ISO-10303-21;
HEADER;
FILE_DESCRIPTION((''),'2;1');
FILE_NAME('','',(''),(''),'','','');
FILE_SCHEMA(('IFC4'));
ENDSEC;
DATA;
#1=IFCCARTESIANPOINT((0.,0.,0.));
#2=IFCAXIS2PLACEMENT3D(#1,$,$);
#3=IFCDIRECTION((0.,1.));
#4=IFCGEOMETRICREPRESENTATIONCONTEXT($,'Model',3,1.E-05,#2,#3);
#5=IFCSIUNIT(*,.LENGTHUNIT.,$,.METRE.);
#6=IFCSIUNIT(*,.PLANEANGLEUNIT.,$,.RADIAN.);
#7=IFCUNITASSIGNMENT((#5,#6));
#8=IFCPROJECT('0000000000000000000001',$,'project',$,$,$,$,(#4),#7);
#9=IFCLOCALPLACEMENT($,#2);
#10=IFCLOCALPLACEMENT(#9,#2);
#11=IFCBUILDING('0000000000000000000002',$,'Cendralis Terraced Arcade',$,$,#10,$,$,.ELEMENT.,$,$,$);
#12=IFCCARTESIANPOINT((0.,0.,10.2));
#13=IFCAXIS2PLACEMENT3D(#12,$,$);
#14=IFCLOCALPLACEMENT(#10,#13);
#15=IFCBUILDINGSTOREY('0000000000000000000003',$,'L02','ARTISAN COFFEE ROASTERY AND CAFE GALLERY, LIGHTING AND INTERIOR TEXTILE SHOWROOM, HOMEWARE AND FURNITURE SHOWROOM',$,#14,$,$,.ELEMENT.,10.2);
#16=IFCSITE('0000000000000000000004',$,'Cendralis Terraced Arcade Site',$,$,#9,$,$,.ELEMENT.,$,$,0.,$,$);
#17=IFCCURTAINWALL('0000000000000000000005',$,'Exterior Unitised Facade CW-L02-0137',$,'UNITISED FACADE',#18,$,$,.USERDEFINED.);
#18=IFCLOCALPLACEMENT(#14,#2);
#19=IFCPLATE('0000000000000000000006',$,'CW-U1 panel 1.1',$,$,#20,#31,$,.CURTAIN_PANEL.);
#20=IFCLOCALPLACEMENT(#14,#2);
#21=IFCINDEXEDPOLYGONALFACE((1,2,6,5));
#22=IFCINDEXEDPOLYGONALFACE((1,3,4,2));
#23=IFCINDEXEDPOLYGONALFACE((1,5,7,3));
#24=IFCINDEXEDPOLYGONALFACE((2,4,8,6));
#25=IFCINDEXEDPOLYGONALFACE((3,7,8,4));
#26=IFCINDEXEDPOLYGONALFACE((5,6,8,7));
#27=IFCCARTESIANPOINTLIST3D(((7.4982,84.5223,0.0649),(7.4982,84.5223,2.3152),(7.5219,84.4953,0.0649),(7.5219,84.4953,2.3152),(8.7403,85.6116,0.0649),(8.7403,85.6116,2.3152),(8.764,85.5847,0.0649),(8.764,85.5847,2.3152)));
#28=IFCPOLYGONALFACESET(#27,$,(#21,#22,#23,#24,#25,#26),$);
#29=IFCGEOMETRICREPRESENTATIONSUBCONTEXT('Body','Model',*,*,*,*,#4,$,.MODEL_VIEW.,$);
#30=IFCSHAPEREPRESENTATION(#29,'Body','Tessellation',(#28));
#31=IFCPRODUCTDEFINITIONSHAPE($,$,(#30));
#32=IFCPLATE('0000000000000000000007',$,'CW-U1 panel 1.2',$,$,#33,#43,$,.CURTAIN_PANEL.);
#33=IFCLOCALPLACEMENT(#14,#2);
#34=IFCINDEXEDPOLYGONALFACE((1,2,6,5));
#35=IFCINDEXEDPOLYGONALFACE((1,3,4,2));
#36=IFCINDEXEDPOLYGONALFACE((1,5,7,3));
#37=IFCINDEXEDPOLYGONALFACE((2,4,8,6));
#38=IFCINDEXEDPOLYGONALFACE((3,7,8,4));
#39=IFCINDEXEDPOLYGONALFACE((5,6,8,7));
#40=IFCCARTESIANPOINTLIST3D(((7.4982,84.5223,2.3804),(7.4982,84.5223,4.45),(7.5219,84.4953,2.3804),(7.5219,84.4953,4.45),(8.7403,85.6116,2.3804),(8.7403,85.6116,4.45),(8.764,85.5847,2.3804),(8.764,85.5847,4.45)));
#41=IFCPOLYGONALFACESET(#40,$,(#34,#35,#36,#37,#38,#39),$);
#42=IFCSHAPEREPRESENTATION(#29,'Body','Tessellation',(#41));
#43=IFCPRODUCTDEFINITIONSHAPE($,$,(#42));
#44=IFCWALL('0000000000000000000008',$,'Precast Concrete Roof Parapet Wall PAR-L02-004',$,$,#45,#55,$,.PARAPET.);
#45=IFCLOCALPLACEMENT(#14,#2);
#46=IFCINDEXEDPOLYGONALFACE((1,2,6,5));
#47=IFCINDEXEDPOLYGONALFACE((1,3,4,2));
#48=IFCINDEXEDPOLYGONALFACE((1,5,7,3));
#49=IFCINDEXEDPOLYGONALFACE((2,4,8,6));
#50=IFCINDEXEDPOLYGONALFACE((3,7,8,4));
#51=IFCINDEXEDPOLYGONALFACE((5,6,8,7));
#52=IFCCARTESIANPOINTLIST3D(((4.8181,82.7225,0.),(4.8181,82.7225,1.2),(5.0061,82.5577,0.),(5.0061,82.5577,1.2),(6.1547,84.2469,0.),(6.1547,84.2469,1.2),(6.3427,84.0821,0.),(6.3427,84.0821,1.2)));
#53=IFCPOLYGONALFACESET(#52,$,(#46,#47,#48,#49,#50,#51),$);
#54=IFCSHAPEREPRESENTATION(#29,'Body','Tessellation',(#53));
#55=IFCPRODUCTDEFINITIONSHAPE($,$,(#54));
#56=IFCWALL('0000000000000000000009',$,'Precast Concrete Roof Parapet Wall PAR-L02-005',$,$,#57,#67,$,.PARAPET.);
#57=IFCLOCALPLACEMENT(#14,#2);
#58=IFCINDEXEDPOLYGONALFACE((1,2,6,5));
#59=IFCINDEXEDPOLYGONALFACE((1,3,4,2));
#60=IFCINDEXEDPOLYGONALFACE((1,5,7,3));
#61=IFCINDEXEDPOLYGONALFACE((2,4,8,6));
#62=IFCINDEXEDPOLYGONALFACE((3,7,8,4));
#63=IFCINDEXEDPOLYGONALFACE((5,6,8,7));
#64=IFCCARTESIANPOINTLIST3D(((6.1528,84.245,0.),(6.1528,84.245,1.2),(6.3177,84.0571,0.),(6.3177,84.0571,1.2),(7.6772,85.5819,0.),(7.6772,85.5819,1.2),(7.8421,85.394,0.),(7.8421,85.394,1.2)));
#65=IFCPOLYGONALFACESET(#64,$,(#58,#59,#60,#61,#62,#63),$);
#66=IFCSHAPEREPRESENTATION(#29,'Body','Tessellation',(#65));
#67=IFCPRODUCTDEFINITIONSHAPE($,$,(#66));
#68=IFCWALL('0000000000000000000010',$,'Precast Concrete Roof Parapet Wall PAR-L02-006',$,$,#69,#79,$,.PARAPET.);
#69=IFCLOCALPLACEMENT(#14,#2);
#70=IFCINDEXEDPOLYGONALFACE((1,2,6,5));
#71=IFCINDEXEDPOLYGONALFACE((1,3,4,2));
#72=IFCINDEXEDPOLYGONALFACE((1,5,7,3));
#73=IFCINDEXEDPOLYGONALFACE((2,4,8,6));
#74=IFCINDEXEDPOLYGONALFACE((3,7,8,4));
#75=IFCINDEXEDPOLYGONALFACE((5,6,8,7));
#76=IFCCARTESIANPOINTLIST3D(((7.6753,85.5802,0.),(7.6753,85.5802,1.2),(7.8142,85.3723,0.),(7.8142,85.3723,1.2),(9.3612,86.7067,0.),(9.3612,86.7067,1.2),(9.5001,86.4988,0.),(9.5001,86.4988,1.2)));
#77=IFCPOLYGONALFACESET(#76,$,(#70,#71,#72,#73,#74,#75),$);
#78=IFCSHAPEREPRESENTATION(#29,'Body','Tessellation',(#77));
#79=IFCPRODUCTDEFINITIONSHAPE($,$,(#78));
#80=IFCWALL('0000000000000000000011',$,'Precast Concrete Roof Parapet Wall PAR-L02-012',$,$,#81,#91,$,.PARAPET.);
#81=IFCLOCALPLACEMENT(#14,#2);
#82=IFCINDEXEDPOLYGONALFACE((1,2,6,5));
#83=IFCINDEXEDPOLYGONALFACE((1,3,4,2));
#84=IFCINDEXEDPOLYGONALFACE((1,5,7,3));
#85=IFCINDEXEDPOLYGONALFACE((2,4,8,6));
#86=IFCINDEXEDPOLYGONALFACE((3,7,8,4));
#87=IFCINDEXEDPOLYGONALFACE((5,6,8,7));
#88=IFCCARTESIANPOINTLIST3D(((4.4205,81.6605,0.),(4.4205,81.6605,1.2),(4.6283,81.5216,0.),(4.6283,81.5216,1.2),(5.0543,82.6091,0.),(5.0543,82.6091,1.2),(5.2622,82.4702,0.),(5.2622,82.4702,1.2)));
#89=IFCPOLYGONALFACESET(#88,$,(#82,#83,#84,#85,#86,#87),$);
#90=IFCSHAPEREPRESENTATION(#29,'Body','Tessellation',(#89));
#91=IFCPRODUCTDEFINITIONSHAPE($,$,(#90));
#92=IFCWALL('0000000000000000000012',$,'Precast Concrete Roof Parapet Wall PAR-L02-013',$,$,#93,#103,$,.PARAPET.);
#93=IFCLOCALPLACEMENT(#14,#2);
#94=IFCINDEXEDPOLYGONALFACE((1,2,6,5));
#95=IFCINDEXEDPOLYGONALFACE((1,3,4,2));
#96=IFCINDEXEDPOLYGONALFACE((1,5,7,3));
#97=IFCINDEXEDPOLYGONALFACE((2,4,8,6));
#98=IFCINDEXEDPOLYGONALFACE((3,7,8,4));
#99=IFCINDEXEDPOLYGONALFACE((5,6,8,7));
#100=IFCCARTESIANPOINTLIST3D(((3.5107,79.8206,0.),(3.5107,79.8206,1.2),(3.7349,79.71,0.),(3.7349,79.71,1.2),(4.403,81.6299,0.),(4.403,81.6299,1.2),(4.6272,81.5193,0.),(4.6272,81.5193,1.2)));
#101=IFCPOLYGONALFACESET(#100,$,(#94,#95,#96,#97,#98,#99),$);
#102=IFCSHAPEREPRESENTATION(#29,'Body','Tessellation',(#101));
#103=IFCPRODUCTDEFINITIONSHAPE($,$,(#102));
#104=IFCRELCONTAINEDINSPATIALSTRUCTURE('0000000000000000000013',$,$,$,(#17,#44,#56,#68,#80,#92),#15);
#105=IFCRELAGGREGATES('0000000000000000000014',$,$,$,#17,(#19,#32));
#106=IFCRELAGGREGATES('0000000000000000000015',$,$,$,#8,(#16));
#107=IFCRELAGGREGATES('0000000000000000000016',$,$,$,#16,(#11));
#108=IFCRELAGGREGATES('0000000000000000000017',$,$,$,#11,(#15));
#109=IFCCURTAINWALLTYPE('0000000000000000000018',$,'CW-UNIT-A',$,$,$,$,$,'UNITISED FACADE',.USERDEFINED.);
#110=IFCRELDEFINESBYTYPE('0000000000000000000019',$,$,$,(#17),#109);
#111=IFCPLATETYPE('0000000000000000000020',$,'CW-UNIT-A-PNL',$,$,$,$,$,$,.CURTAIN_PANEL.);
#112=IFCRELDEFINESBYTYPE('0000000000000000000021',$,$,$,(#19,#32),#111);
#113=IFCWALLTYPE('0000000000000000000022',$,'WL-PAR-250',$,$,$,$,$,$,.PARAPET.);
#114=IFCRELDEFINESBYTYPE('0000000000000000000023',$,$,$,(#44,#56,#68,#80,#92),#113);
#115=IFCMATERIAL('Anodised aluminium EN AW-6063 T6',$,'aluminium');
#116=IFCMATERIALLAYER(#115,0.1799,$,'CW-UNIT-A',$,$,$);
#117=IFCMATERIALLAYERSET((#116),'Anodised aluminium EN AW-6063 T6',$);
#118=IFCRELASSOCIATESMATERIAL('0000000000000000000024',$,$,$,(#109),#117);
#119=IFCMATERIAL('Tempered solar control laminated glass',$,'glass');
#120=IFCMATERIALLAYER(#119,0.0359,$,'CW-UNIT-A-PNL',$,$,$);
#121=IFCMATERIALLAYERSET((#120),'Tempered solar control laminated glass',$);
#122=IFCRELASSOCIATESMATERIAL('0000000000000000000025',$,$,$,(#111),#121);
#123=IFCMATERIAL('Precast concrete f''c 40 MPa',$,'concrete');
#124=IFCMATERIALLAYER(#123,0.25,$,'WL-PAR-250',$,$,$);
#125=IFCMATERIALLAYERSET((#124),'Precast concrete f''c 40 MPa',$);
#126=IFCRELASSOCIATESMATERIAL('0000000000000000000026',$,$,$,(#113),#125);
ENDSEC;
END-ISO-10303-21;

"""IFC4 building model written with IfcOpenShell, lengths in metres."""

from ifc_helpers import new_model, si_unit, direction, frame, frame_2d, origin, origin_2d, place, context, subcontext, project, spatial, rectangle, extrude, material, layer, layer_set, type_object, element, aggregate, save


model = new_model("IFC4")

# Units and contexts
model_context = context("Model", 3, precision=1e-05, world=origin(), true_north=direction((0.0, 1.0)))
body_context = subcontext(model_context, "Body", "Model", "MODEL_VIEW")
ifc_project = project(units=[si_unit("LENGTHUNIT", "METRE"), si_unit("PLANEANGLEUNIT", "RADIAN")], contexts=[model_context])

# Site, building, storey
site_placement = place(None, origin())
site = spatial("IfcSite", under=ifc_project, at=site_placement, Name="Cendralis Terraced Arcade Site", CompositionType="ELEMENT", RefElevation=0.0)
building_placement = place(site_placement, origin())
building = spatial("IfcBuilding", under=site, at=building_placement, Name="Cendralis Terraced Arcade", CompositionType="ELEMENT")
storey_placement = place(building_placement, frame((0.0, 0.0, 10.2)))
storey = spatial("IfcBuildingStorey", under=building, at=storey_placement, Name="L02", Description="ARTISAN COFFEE ROASTERY AND CAFE GALLERY, LIGHTING AND INTERIOR TEXTILE SHOWROOM, HOMEWARE AND FURNITURE SHOWROOM", CompositionType="ELEMENT", Elevation=10.2)

# Shared definitions
ifc_material_1 = material(Name="Anodised aluminium EN AW-6063 T6", Category="aluminium")
ifc_layer_1 = layer(ifc_material_1, 0.1799, Name="CW-UNIT-A")
ifc_layer_set_1 = layer_set([ifc_layer_1], Name="Anodised aluminium EN AW-6063 T6")
curtain_wall_type = type_object("IfcCurtainWallType", Name="CW-UNIT-A", ElementType="UNITISED FACADE", PredefinedType="USERDEFINED", material=ifc_layer_set_1)

# Curtain wall
curtain_wall_1_placement = place(storey_placement, origin())
curtain_wall_1 = element("IfcCurtainWall", 1, at=curtain_wall_1_placement, inside=storey, type_object=curtain_wall_type, Name="Exterior Unitised Facade CW-L02-0137", ObjectType="UNITISED FACADE", PredefinedType="USERDEFINED")

# Plates
ifc_material_2 = material(Name="Tempered solar control laminated glass", Category="glass")
ifc_layer_2 = layer(ifc_material_2, 0.0359, Name="CW-UNIT-A-PNL")
ifc_layer_set_2 = layer_set([ifc_layer_2], Name="Tempered solar control laminated glass")
plate_type = type_object("IfcPlateType", Name="CW-UNIT-A-PNL", PredefinedType="CURTAIN_PANEL", material=ifc_layer_set_2)
plate_1_placement = place(storey_placement, frame((8.1311, 85.0535, 0.0649), z_axis=(0.0, 0.0, 1.0), x_axis=(0.751804, 0.659386, 0.0)))
plate_1 = element("IfcPlate", 2, at=plate_1_placement, type_object=plate_type, Name="CW-U1 panel 1.1", PredefinedType="CURTAIN_PANEL", context=body_context, shape_type="SweptSolid", body=[
    extrude(rectangle(XDim=1.6521, YDim=0.0359, at=origin_2d()), origin(), (0.0, 0.0, 1.0), 2.2502),
])
plate_2_placement = place(storey_placement, frame((8.1311, 85.0535, 2.3804), z_axis=(0.0, 0.0, 1.0), x_axis=(0.751804, 0.659386, 0.0)))
plate_2 = element("IfcPlate", 3, at=plate_2_placement, type_object=plate_type, Name="CW-U1 panel 1.2", PredefinedType="CURTAIN_PANEL", context=body_context, shape_type="SweptSolid", body=[
    extrude(rectangle(XDim=1.6521, YDim=0.0359, at=origin_2d()), origin(), (0.0, 0.0, 1.0), 2.0696),
])
aggregate(curtain_wall_1, [plate_1, plate_2])

# Walls
ifc_material_3 = material(Name="Precast concrete f'c 40 MPa", Category="concrete")
ifc_layer_3 = layer(ifc_material_3, 0.25, Name="WL-PAR-250")
ifc_layer_set_3 = layer_set([ifc_layer_3], Name="Precast concrete f'c 40 MPa")
wall_type = type_object("IfcWallType", Name="WL-PAR-250", PredefinedType="PARAPET", material=ifc_layer_set_3)
wall_1_placement = place(storey_placement, frame((4.9121, 82.6401, 0.0), z_axis=(0.0, 0.0, 1.0), x_axis=(0.659289, 0.75189, 0.0)))
element("IfcWall", 4, at=wall_1_placement, inside=storey, type_object=wall_type, Name="Precast Concrete Roof Parapet Wall PAR-L02-004", PredefinedType="PARAPET", context=body_context, shape_type="SweptSolid", body=[
    extrude(rectangle(XDim=2.0273, YDim=0.25, at=frame_2d((1.0137, 0.0))), origin(), (0.0, 0.0, 1.0), 1.2),
])
for number, where, z_axis, x_axis, name in (
    (5, (6.2354, 84.1511, 0.0), (0.0, 0.0, 1.0), (0.75183, 0.659357, 0.0), "Precast Concrete Roof Parapet Wall PAR-L02-005"),
    (6, (7.7449, 85.4763, 0.0), (0.0, 0.0, 1.0), (0.831457, 0.555589, 0.0), "Precast Concrete Roof Parapet Wall PAR-L02-006"),
):
    element("IfcWall", number, at=place(storey_placement, frame(where, z_axis=z_axis, x_axis=x_axis)), inside=storey, type_object=wall_type, Name=name, PredefinedType="PARAPET", context=body_context, shape_type="SweptSolid", body=[
        extrude(rectangle(XDim=2.0276, YDim=0.25, at=frame_2d((1.0137, 0.0))), origin(), (0.0, 0.0, 1.0), 1.2),
    ])
wall_2_placement = place(storey_placement, frame((5.1582, 82.5396, 0.0), z_axis=(0.0, 0.0, 1.0), x_axis=(-0.555589, -0.831457, 0.0)))
element("IfcWall", 7, at=wall_2_placement, inside=storey, type_object=wall_type, Name="Precast Concrete Roof Parapet Wall PAR-L02-012", PredefinedType="PARAPET", context=body_context, shape_type="SweptSolid", body=[
    extrude(rectangle(XDim=1.1409, YDim=0.25, at=frame_2d((0.5703, 0.0))), origin(), (0.0, 0.0, 1.0), 1.2),
])
wall_3_placement = place(storey_placement, frame((4.5151, 81.5747, 0.0), z_axis=(0.0, 0.0, 1.0), x_axis=(-0.442318, -0.896858, 0.0)))
element("IfcWall", 8, at=wall_3_placement, inside=storey, type_object=wall_type, Name="Precast Concrete Roof Parapet Wall PAR-L02-013", PredefinedType="PARAPET", context=body_context, shape_type="SweptSolid", body=[
    extrude(rectangle(XDim=2.0173, YDim=0.25, at=frame_2d((1.0088, 0.0))), origin(), (0.0, 0.0, 1.0), 1.2),
])

save(model, "model.ifc")
